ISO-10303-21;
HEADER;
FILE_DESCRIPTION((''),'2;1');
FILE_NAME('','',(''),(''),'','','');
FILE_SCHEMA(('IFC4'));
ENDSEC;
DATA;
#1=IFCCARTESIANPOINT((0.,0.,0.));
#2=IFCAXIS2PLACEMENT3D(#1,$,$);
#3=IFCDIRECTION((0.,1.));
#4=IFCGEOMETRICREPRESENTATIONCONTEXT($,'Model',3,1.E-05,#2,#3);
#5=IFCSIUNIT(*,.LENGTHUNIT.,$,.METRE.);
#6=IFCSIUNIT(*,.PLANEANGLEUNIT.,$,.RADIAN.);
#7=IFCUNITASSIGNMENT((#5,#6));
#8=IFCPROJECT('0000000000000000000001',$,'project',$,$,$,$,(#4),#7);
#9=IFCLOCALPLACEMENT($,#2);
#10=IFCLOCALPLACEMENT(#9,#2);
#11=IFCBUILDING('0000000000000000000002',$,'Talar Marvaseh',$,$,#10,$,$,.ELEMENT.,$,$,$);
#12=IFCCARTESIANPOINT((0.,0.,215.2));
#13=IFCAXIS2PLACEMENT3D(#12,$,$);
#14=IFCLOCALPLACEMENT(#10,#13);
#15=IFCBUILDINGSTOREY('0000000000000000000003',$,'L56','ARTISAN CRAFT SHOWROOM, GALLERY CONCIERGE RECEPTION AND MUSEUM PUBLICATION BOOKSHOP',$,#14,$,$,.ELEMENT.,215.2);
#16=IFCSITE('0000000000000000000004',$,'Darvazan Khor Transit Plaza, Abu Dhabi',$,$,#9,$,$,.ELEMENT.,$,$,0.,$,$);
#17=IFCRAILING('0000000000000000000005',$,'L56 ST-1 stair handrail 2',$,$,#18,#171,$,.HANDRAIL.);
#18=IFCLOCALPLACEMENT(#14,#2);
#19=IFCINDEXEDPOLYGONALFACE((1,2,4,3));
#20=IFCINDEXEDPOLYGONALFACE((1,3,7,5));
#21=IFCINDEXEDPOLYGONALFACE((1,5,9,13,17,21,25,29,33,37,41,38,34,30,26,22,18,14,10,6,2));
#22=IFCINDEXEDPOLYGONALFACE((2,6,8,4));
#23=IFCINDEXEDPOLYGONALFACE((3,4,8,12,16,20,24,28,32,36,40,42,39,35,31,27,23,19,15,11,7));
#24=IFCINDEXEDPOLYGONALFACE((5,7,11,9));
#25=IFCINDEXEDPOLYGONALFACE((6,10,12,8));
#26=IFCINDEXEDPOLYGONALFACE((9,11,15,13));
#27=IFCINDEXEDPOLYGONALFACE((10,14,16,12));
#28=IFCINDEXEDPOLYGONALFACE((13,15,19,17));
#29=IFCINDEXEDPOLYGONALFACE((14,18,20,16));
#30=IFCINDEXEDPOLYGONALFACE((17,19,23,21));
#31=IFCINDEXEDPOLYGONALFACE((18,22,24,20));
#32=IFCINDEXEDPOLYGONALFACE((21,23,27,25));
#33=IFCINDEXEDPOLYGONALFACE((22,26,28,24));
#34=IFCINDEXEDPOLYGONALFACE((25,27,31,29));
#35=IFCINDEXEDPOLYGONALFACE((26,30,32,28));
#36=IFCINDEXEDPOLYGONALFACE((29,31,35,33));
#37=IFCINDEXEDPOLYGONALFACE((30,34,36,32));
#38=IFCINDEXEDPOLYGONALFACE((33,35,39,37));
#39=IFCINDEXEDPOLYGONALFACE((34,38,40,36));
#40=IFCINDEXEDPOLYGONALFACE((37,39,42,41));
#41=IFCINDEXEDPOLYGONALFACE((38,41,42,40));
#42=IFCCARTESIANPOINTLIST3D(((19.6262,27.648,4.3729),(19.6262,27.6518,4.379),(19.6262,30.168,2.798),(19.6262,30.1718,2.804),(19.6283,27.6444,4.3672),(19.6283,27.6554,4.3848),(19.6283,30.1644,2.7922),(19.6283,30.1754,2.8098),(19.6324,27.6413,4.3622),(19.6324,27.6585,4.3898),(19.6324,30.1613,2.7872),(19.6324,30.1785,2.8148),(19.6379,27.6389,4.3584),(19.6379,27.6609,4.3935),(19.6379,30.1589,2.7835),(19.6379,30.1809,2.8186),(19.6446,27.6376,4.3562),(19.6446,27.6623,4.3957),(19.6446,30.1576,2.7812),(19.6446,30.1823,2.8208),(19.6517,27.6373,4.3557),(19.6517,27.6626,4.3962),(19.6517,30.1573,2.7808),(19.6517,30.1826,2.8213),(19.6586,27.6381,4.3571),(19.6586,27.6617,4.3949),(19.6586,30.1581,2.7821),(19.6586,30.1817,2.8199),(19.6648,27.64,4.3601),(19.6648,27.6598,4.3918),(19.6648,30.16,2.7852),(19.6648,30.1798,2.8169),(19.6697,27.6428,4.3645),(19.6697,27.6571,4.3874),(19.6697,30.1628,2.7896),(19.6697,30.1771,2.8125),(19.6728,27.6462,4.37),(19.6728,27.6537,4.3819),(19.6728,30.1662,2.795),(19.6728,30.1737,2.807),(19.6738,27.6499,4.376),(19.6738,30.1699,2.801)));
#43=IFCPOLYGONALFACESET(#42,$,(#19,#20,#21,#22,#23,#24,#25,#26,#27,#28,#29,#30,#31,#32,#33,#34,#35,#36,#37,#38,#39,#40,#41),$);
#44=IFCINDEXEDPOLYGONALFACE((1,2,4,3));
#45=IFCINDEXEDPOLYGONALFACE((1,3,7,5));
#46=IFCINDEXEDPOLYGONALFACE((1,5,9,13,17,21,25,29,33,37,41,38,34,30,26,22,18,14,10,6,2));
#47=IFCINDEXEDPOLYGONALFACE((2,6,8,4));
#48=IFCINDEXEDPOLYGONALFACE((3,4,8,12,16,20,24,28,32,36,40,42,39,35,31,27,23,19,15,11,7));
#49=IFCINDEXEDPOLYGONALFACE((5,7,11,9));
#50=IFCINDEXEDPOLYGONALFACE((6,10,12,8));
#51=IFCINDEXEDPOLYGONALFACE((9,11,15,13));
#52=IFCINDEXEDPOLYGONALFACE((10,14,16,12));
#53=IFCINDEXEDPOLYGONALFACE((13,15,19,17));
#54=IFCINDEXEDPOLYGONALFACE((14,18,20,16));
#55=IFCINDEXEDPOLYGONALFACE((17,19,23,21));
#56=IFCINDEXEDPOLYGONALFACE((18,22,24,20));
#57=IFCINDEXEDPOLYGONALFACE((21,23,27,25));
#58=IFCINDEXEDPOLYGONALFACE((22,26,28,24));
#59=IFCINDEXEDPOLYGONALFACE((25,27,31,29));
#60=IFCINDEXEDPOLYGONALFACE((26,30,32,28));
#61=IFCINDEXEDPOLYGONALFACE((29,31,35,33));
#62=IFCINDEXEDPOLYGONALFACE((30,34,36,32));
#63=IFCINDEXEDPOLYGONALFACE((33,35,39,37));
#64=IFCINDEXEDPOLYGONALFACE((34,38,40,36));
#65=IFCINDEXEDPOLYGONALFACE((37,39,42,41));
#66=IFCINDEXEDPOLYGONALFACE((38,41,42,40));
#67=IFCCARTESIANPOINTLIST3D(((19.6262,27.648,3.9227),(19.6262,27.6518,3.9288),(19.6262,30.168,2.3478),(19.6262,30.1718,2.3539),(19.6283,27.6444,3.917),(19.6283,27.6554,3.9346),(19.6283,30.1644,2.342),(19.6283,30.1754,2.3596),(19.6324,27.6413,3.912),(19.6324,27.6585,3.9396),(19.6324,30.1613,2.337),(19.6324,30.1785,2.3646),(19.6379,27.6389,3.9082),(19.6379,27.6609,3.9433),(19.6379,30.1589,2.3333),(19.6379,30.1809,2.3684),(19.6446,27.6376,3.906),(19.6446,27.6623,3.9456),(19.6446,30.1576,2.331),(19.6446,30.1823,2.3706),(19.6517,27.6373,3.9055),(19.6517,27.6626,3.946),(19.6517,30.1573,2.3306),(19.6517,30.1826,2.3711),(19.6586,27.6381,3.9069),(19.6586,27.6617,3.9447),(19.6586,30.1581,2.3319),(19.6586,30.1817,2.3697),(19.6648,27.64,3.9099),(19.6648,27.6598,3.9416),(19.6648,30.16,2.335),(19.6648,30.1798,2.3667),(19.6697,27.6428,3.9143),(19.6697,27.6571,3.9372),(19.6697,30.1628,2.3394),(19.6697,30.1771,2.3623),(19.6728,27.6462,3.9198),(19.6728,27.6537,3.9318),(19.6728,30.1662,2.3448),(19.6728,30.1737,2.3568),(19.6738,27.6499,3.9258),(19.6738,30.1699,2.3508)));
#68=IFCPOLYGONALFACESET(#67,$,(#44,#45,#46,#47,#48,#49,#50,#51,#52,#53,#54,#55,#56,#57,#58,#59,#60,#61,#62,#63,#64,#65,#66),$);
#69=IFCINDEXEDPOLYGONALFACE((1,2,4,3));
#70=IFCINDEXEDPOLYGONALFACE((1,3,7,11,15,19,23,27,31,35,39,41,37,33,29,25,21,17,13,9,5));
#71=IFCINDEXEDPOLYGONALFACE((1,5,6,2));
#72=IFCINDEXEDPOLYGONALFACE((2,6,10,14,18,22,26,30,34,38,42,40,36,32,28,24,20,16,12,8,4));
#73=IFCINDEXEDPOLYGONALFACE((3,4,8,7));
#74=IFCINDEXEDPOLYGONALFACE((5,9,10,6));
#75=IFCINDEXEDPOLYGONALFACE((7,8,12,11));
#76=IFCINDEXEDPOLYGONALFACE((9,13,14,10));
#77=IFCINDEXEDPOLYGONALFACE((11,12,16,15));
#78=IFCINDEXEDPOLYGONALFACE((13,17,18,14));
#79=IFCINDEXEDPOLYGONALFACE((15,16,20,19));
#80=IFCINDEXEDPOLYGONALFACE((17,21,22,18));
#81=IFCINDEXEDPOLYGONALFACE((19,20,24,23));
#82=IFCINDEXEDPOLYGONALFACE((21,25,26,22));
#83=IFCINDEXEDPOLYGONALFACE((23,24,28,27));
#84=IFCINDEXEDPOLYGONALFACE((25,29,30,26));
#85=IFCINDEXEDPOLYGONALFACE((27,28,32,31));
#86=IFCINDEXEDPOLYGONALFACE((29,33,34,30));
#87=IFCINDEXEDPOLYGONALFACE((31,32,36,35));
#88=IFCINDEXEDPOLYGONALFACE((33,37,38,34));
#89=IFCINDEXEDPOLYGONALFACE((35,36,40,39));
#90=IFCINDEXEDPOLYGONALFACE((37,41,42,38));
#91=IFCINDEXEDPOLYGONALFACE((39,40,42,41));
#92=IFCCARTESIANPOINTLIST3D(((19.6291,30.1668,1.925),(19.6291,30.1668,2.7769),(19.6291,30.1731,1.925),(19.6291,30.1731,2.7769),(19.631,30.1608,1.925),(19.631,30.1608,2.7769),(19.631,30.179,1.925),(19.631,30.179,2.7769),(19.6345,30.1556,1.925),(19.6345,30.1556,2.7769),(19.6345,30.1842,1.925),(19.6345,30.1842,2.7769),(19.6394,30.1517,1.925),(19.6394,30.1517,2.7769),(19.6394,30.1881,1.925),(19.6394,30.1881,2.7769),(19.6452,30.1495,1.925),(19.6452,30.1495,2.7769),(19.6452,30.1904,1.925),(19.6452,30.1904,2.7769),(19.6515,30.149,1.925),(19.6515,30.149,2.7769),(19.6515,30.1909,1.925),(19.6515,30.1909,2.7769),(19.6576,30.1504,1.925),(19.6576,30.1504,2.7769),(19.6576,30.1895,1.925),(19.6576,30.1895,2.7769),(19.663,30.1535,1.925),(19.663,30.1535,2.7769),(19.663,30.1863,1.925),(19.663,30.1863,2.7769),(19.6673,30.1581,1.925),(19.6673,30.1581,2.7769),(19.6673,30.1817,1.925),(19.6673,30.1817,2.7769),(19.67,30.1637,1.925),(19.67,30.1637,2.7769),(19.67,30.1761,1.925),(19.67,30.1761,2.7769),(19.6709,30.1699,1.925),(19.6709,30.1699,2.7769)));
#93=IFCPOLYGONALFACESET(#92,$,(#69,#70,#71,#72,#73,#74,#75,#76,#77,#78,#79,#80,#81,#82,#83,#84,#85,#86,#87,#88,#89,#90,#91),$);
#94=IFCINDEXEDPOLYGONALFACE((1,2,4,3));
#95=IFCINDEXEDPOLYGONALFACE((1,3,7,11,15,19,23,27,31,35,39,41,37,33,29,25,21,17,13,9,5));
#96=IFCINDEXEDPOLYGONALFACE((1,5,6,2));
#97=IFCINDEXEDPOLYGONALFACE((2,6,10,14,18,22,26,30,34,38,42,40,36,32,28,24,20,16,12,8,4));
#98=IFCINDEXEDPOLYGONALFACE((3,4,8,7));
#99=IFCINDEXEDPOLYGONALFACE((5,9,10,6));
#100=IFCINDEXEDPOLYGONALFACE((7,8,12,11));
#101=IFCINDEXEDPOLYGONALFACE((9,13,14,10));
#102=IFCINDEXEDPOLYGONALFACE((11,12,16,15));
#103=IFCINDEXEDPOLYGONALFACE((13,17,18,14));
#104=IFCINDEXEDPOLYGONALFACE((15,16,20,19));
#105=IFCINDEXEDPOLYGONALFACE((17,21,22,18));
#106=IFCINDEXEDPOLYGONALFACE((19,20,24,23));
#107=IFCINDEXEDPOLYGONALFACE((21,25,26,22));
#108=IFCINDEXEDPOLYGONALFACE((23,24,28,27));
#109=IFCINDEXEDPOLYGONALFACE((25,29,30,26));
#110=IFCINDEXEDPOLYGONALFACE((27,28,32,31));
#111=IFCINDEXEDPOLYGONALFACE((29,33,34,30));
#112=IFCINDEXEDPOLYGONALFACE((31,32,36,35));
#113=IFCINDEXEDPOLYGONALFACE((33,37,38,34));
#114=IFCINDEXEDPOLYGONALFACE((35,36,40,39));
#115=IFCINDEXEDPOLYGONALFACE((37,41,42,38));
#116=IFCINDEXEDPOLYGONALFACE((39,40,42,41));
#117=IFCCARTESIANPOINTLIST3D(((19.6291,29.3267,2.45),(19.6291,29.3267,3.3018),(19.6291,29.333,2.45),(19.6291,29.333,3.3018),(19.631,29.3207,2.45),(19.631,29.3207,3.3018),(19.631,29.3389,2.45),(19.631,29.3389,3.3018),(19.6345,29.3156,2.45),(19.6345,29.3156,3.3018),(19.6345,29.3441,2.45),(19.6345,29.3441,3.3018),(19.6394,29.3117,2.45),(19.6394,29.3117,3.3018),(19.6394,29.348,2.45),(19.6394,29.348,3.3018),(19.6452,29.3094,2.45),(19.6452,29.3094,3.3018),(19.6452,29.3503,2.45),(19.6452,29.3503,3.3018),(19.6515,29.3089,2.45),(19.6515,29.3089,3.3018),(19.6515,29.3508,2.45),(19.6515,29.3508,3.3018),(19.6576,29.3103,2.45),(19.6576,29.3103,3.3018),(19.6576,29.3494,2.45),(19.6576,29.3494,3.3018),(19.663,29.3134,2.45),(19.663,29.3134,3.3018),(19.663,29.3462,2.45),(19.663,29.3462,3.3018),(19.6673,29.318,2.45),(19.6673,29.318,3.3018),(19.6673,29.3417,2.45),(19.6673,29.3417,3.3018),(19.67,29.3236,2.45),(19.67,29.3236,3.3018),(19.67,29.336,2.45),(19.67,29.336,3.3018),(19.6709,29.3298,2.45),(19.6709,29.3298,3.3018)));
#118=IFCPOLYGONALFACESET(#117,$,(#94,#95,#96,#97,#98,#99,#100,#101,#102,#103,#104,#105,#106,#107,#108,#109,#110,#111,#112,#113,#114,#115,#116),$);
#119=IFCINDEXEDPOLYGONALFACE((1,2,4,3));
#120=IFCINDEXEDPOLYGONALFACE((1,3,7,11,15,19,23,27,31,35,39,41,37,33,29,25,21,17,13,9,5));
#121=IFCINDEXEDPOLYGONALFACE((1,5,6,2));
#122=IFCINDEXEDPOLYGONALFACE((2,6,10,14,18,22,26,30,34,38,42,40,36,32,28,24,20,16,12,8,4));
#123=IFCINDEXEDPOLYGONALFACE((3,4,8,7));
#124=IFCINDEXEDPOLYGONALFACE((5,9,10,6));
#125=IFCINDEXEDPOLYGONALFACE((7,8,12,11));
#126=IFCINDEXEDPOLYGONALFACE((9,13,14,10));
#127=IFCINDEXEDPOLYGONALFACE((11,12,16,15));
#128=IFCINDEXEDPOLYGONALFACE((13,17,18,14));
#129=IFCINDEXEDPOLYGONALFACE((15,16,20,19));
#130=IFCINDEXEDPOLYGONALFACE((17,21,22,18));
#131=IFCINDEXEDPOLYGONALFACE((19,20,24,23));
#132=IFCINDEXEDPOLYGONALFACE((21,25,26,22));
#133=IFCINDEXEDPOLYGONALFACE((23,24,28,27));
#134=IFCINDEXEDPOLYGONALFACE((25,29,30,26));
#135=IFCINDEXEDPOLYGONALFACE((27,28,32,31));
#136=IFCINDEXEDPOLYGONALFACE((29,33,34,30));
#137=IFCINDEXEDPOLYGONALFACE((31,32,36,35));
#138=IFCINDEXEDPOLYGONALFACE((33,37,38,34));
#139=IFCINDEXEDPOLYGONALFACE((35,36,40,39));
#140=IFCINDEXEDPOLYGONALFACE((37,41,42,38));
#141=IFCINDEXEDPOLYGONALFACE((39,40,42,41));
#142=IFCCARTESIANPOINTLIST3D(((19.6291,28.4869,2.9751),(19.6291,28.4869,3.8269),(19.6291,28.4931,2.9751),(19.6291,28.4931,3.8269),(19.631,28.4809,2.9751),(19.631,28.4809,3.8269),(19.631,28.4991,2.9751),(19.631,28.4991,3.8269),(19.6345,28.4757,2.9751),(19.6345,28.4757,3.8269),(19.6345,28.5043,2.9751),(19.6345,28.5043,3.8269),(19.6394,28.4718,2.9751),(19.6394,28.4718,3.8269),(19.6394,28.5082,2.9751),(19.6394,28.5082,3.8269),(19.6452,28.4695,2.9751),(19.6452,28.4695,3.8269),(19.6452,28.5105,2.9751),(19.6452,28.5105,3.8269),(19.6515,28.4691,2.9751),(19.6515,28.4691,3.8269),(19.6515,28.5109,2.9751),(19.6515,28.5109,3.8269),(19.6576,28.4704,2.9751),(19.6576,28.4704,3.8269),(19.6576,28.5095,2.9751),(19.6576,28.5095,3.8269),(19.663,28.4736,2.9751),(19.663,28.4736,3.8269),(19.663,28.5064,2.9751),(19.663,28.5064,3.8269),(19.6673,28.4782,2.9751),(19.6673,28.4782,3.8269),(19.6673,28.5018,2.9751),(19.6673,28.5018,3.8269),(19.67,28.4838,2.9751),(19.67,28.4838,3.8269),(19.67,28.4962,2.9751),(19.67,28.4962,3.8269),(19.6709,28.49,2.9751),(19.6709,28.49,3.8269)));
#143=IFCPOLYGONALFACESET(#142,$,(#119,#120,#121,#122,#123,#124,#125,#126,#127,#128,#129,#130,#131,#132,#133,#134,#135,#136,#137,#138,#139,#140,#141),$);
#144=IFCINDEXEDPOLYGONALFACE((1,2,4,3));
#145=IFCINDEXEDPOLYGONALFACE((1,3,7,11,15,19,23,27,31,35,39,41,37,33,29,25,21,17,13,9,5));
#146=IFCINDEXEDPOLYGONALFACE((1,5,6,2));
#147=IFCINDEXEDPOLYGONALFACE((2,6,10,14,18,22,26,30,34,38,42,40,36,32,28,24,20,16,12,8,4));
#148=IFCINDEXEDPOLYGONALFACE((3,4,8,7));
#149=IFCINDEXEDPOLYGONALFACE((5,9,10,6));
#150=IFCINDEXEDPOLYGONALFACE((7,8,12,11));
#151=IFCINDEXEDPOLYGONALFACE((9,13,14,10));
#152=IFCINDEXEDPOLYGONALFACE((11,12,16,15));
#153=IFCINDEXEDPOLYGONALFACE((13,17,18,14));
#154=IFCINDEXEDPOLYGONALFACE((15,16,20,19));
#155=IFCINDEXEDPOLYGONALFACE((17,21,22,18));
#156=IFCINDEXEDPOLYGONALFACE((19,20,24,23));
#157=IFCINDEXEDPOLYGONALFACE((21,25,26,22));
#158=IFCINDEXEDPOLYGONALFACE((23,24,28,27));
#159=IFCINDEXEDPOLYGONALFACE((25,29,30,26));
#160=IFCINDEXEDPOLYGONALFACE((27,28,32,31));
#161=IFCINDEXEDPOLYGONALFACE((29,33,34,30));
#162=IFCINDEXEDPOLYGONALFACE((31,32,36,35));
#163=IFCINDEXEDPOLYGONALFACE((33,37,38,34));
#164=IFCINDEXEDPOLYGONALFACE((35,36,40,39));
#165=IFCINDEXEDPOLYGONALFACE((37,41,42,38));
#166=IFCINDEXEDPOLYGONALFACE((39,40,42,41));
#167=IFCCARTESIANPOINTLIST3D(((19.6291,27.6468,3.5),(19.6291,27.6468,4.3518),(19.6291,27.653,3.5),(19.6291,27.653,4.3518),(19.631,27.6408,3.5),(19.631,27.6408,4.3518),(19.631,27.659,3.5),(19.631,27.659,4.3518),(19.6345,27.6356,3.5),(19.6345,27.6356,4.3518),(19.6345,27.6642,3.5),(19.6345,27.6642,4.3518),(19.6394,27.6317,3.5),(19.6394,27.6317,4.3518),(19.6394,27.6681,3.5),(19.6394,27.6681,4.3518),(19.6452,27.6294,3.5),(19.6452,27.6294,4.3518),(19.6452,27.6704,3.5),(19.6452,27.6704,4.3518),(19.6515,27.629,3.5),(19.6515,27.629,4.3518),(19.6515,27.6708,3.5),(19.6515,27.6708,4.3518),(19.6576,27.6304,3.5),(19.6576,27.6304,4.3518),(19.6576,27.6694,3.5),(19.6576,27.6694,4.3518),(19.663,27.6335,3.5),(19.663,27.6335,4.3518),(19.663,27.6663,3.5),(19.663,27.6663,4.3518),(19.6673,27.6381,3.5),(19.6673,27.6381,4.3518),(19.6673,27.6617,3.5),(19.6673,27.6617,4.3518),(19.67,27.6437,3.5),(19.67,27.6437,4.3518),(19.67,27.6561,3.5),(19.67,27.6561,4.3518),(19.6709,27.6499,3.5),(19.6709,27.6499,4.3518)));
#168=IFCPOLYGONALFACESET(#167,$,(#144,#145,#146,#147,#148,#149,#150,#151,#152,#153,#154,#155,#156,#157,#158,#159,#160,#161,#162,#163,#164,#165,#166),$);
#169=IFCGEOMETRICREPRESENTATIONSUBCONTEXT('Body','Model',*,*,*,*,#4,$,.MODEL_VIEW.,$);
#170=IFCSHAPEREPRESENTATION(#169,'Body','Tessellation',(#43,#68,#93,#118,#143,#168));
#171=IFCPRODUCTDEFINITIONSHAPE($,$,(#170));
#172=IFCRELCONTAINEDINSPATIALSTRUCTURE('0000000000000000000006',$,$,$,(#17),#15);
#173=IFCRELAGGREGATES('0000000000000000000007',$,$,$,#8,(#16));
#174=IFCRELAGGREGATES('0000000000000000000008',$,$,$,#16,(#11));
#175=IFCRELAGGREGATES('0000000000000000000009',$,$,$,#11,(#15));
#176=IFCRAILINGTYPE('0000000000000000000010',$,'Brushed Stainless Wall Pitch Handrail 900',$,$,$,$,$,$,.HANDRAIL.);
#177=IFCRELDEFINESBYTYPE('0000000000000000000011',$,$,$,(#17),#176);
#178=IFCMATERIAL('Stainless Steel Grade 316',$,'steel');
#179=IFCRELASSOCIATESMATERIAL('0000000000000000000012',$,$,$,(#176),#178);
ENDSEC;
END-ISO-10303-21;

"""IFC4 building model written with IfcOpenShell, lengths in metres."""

from ifc_helpers import new_model, si_unit, direction, frame, origin, origin_2d, place, context, subcontext, project, spatial, circle, extrude, material, type_object, element, save


model = new_model("IFC4")

# Units and contexts
model_context = context("Model", 3, precision=1e-05, world=origin(), true_north=direction((0.0, 1.0)))
body_context = subcontext(model_context, "Body", "Model", "MODEL_VIEW")
ifc_project = project(units=[si_unit("LENGTHUNIT", "METRE"), si_unit("PLANEANGLEUNIT", "RADIAN")], contexts=[model_context])

# Site, building, storey
site_placement = place(None, origin())
site = spatial("IfcSite", under=ifc_project, at=site_placement, Name="Darvazan Khor Transit Plaza, Abu Dhabi", CompositionType="ELEMENT", RefElevation=0.0)
building_placement = place(site_placement, origin())
building = spatial("IfcBuilding", under=site, at=building_placement, Name="Talar Marvaseh", CompositionType="ELEMENT")
storey_placement = place(building_placement, frame((0.0, 0.0, 215.2)))
storey = spatial("IfcBuildingStorey", under=building, at=storey_placement, Name="L56", Description="ARTISAN CRAFT SHOWROOM, GALLERY CONCIERGE RECEPTION AND MUSEUM PUBLICATION BOOKSHOP", CompositionType="ELEMENT", Elevation=215.2)

# Railing
ifc_material_1 = material(Name="Stainless Steel Grade 316", Category="steel")
railing_type_1 = type_object("IfcRailingType", Name="Brushed Stainless Wall Pitch Handrail 900", PredefinedType="HANDRAIL", material=ifc_material_1)
railing_1_placement = place(storey_placement, frame((19.6499, 30.1699, 1.925)))
element("IfcRailing", 1, at=railing_1_placement, inside=storey, type_object=railing_type_1, Name="L56 ST-1 stair handrail 2", PredefinedType="HANDRAIL", context=body_context, shape_type="SweptSolid", body=[
    extrude(circle(Radius=0.0239, at=origin_2d()), frame((0.0, 0.0, 0.876), z_axis=(0.0, -0.848008, 0.529984), x_axis=(1.0, 0.0, 0.0)), (0.0, 0.0, 1.0), 2.9717),
    extrude(circle(Radius=0.0239, at=origin_2d()), frame((0.0, 0.0, 0.4258), z_axis=(0.0, -0.848008, 0.529984), x_axis=(1.0, 0.0, 0.0)), (0.0, 0.0, 1.0), 2.9717),
    extrude(circle(Radius=0.021, at=origin_2d()), origin(), (0.0, 0.0, 1.0), 0.8518),
    extrude(circle(Radius=0.021, at=origin_2d()), frame((0.0, -0.8401, 0.5249)), (0.0, 0.0, 1.0), 0.8518),
    extrude(circle(Radius=0.021, at=origin_2d()), frame((0.0, -1.6799, 1.05)), (0.0, 0.0, 1.0), 0.8518),
    extrude(circle(Radius=0.021, at=origin_2d()), frame((0.0, -2.52, 1.575)), (0.0, 0.0, 1.0), 0.8518),
])

save(model, "model.ifc")
